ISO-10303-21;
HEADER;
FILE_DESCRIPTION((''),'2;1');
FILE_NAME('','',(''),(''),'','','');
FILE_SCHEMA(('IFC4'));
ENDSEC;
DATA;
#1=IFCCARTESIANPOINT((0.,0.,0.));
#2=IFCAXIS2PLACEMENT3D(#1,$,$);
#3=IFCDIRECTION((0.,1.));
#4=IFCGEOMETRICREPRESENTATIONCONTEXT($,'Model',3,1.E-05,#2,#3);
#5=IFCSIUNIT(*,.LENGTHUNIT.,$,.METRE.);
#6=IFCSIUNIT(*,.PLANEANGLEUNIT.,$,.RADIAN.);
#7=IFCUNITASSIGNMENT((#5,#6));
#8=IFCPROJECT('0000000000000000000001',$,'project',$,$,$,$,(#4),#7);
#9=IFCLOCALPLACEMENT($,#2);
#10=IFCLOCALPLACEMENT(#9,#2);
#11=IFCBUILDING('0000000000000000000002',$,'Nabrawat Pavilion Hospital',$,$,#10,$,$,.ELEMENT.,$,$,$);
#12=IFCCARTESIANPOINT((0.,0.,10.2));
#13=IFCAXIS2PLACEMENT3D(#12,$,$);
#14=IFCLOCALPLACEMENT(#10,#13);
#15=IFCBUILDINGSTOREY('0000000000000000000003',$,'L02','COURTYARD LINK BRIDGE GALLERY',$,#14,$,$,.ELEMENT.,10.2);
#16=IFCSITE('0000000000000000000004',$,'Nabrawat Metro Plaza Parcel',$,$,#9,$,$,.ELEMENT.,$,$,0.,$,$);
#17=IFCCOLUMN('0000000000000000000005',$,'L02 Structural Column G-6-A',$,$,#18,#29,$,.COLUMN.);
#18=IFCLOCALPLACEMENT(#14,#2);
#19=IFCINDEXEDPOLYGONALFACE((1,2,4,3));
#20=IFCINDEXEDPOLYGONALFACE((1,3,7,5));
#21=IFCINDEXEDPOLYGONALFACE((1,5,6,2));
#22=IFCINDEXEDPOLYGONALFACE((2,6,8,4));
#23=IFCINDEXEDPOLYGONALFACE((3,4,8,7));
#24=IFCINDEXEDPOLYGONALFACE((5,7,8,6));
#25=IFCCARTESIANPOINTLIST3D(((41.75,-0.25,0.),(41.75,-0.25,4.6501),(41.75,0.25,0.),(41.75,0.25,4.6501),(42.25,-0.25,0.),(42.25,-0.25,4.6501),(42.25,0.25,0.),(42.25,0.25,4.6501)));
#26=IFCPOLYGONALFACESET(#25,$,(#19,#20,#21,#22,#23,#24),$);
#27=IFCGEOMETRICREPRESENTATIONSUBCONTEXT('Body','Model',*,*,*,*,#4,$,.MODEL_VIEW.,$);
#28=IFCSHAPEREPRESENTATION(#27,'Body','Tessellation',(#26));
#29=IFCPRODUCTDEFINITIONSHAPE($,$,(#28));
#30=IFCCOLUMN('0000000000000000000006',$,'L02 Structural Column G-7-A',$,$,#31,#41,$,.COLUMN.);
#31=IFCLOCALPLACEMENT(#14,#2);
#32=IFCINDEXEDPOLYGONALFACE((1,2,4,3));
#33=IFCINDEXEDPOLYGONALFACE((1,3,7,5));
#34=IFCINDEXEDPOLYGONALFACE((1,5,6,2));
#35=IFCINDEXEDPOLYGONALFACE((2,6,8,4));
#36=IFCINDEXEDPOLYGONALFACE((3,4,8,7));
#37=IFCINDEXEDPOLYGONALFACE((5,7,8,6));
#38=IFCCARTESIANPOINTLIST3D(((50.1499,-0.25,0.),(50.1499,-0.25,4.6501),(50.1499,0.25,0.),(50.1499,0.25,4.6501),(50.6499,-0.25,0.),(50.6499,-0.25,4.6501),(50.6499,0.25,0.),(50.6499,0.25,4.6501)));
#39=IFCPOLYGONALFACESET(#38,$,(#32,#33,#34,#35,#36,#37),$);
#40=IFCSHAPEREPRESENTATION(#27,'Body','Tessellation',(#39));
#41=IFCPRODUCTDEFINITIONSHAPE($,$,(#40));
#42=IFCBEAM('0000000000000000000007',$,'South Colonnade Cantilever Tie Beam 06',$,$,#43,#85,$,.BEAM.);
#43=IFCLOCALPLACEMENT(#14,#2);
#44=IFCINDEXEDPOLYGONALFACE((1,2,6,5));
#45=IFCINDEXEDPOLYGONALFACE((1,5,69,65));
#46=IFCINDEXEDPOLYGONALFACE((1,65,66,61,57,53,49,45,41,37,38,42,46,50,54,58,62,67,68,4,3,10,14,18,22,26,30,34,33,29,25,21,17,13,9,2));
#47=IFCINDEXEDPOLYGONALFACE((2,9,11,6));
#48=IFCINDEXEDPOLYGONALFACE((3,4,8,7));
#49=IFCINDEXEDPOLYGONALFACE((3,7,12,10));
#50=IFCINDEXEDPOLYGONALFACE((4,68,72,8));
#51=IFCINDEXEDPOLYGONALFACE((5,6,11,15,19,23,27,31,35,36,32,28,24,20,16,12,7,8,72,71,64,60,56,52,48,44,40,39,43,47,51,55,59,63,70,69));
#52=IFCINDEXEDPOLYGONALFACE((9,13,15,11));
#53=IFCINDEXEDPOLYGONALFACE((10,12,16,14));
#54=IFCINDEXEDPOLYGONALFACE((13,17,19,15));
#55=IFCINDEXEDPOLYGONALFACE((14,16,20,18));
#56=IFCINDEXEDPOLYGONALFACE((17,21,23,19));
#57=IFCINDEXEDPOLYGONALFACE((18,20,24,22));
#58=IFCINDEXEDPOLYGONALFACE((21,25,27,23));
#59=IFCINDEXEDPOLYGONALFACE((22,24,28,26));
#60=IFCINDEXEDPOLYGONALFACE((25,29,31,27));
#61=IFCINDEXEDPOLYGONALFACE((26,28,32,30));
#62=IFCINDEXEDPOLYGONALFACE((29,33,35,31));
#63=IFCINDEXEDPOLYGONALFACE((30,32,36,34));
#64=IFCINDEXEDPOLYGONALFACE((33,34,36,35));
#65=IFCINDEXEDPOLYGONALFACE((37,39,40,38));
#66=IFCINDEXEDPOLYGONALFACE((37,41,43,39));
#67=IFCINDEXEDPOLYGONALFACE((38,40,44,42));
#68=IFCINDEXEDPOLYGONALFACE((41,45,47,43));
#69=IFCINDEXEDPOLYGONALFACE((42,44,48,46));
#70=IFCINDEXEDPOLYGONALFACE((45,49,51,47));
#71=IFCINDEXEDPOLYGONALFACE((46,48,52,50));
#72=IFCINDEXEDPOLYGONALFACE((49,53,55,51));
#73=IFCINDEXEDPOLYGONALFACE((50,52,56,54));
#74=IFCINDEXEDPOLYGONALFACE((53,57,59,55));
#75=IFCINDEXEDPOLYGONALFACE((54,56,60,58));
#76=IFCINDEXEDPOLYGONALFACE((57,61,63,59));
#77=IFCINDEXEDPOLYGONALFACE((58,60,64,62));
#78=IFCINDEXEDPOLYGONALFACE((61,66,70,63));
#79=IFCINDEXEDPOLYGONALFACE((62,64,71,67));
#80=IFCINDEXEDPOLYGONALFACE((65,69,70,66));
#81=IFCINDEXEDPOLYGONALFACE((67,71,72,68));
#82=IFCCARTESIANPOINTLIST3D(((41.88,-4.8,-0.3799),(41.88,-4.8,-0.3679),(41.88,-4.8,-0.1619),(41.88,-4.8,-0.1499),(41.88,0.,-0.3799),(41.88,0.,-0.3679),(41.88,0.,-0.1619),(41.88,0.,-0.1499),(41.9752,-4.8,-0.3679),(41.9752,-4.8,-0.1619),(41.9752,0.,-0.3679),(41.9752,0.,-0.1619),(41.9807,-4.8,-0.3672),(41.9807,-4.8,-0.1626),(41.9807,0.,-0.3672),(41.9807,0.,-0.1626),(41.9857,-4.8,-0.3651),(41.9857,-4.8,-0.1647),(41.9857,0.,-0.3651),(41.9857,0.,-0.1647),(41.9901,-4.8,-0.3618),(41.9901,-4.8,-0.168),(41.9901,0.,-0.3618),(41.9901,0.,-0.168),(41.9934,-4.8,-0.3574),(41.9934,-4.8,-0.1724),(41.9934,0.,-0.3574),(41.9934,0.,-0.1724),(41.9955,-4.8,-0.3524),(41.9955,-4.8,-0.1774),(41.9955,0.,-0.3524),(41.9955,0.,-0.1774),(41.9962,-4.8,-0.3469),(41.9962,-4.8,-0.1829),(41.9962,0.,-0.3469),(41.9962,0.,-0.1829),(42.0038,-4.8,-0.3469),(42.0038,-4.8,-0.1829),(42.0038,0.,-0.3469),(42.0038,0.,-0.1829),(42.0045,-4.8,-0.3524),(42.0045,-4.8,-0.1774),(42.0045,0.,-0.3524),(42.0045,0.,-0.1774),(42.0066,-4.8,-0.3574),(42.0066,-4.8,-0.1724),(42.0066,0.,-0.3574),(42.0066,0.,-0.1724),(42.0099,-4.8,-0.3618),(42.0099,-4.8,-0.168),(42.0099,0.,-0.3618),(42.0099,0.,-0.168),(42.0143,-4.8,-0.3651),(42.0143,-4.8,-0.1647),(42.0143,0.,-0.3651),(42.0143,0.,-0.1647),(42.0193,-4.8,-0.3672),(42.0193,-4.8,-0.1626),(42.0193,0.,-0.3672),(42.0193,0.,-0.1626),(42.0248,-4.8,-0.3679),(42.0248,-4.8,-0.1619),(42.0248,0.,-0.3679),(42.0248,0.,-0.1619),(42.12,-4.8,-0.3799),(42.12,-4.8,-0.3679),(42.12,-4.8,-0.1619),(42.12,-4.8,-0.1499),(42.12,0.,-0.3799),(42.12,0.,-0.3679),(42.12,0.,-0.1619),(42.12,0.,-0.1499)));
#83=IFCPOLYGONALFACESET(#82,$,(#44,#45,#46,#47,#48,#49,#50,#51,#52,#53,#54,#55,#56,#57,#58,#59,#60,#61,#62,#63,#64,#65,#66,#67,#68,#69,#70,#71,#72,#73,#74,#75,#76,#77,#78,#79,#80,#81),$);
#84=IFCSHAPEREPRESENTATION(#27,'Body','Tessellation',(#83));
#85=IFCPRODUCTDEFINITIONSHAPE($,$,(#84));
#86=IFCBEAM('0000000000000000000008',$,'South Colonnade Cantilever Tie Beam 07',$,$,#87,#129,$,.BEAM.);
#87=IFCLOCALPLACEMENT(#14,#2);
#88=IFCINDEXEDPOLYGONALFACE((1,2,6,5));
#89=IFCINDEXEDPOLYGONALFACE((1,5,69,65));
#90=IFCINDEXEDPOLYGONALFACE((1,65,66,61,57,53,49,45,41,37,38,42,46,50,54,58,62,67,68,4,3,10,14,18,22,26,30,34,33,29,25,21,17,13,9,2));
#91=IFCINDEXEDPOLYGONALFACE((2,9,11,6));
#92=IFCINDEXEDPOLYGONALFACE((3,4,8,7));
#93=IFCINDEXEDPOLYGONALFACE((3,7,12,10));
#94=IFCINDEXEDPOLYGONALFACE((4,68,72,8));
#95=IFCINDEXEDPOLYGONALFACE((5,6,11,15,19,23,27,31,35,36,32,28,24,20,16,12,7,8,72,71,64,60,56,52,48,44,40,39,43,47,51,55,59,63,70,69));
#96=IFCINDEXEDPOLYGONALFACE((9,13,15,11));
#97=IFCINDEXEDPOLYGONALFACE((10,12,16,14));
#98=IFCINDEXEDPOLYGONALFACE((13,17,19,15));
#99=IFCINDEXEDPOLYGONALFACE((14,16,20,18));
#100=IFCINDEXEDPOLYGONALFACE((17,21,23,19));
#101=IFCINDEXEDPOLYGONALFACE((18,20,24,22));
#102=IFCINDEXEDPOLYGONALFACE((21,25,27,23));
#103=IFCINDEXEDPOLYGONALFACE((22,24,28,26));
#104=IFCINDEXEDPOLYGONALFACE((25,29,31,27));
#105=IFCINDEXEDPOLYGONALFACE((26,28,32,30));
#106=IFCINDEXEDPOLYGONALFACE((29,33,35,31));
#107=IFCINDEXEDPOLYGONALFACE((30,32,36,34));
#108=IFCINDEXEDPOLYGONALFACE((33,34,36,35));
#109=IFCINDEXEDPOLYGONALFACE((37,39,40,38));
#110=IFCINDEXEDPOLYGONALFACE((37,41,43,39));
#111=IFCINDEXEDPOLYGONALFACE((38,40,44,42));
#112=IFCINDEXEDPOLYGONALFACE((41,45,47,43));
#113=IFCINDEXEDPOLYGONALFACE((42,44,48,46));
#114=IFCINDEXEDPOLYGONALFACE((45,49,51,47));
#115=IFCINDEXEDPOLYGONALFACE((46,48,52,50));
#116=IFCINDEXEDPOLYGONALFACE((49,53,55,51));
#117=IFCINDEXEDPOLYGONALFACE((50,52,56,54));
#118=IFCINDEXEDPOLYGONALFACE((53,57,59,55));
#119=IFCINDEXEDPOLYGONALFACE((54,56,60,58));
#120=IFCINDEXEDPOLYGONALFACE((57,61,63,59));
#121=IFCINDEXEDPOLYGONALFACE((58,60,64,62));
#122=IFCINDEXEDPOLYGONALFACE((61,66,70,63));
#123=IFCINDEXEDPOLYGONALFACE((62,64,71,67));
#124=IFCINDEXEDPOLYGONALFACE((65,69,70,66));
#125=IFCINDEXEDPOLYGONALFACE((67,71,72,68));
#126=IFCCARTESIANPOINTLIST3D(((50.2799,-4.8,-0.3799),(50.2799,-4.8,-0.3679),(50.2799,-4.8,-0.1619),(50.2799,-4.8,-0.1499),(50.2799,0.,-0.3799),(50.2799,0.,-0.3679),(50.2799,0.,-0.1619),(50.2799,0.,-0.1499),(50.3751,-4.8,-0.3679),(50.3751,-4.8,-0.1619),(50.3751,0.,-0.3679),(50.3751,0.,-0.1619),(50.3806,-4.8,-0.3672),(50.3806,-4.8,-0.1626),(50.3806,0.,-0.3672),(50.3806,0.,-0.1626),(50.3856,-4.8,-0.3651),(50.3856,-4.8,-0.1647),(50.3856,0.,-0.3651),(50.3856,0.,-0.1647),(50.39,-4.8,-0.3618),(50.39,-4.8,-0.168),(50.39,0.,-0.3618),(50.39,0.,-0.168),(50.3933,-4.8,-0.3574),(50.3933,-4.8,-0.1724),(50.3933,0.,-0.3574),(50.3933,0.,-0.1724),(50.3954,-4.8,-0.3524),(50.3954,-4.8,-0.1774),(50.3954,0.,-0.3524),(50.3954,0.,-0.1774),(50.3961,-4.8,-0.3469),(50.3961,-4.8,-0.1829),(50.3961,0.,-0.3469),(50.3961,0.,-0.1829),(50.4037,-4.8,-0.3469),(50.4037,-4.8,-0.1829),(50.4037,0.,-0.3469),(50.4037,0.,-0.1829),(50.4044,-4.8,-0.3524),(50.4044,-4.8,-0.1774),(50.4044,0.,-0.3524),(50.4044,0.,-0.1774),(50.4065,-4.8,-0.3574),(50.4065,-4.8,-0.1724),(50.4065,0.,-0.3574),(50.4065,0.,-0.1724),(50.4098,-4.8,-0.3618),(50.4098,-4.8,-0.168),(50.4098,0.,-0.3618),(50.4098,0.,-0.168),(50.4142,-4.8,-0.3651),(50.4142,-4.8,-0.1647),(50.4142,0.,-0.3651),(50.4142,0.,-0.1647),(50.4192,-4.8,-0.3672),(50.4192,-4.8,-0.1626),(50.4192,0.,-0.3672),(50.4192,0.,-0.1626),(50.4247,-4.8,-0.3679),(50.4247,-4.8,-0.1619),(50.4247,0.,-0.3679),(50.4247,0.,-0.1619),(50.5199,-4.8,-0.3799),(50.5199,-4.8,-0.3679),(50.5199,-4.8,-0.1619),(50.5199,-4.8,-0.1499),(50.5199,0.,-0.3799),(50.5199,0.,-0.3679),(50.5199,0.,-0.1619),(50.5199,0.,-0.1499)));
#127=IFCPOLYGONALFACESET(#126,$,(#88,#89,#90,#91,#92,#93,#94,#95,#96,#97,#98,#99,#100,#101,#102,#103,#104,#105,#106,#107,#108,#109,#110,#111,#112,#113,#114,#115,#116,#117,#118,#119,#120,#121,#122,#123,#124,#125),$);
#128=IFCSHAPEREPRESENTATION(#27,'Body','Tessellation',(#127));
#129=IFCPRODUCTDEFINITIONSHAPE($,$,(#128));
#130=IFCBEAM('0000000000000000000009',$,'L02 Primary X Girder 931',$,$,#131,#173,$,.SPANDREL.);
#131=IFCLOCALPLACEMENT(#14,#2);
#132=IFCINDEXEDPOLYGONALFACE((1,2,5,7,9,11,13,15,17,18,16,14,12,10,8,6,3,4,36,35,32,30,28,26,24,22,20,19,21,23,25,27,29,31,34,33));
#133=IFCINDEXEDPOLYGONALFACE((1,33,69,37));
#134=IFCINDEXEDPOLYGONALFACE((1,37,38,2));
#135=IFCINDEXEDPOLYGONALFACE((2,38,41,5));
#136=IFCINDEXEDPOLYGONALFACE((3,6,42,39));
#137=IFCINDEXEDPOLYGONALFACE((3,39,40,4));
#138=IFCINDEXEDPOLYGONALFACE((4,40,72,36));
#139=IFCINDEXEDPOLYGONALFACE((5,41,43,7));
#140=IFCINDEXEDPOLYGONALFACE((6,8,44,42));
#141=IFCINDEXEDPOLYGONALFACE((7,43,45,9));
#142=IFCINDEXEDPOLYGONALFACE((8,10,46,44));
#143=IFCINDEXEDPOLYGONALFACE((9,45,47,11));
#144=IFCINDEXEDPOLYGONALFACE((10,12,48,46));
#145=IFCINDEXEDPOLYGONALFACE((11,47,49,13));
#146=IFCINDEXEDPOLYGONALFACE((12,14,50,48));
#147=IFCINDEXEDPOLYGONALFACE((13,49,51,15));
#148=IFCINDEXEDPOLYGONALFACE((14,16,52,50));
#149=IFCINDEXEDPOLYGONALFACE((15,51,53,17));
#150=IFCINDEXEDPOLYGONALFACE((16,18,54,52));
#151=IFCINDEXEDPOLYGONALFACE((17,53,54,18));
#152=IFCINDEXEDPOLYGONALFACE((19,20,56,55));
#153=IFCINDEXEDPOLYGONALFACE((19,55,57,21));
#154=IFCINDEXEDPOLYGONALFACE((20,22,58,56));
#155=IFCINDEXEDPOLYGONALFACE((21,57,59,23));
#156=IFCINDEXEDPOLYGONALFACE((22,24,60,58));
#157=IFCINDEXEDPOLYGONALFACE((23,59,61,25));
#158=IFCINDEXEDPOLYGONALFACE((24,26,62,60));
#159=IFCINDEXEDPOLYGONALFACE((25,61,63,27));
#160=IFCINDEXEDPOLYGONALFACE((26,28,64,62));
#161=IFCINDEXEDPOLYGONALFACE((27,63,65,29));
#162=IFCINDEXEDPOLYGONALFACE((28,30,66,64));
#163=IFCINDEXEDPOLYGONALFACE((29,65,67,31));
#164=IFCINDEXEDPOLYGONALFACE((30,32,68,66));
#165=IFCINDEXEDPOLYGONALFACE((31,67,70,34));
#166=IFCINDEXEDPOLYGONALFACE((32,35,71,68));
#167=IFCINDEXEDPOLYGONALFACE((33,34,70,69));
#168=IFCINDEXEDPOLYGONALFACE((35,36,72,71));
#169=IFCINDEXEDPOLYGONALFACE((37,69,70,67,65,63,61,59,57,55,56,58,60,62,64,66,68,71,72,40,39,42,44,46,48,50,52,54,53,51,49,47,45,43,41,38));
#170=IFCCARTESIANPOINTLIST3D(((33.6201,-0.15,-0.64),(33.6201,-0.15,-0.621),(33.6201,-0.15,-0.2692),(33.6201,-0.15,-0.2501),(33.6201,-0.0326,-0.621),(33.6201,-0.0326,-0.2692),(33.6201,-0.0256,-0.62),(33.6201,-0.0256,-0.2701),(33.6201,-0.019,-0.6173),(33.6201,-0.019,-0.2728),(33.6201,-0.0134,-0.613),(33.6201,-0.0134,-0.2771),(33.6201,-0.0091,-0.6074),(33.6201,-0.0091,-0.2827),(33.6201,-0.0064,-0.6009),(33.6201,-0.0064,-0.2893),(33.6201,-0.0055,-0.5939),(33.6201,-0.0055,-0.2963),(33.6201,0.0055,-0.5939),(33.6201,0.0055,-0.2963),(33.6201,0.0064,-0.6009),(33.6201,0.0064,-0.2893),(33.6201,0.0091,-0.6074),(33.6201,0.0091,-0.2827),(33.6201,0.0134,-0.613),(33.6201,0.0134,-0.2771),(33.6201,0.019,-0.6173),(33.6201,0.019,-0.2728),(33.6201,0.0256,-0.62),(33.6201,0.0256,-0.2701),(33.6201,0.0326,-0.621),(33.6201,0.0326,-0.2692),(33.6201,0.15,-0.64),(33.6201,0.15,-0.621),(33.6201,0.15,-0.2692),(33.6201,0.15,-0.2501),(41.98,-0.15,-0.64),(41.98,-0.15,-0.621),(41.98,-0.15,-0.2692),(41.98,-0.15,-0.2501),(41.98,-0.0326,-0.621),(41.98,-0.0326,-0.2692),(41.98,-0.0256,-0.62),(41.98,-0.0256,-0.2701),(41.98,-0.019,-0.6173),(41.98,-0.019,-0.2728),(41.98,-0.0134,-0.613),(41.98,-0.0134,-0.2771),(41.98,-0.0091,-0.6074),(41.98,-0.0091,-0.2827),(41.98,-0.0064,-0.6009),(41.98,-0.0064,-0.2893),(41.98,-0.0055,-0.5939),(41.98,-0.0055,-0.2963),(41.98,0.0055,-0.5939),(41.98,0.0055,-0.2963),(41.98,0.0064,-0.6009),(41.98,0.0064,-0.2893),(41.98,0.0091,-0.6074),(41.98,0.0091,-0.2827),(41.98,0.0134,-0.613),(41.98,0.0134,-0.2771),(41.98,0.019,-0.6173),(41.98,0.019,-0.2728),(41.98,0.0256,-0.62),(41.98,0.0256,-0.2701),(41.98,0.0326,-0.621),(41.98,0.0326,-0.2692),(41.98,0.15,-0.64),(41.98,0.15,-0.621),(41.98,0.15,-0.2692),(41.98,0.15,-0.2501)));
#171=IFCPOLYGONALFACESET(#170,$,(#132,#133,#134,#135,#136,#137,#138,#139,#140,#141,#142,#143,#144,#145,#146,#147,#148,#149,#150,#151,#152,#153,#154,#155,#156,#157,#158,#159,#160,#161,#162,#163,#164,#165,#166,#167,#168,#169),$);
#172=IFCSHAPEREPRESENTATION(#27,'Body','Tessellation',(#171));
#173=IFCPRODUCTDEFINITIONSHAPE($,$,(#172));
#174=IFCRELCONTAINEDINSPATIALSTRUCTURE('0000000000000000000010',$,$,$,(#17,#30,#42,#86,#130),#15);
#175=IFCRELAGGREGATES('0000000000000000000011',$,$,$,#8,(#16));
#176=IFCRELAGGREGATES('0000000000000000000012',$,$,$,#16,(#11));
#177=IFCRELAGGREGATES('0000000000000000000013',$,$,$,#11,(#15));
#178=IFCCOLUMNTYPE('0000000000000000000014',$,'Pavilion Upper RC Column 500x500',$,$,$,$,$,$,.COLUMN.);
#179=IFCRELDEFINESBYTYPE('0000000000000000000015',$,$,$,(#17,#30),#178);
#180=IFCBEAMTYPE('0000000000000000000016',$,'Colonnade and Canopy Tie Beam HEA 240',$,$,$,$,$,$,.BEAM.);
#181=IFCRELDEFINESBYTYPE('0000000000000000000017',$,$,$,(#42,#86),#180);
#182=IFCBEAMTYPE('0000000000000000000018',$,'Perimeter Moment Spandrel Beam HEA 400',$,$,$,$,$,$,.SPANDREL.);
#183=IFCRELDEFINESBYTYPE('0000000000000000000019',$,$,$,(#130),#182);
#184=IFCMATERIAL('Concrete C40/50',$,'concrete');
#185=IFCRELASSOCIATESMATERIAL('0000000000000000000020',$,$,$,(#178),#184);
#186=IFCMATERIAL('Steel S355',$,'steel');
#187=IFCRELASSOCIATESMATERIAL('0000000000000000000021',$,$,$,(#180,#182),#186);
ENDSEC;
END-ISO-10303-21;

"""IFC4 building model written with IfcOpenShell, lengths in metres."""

from ifc_helpers import new_model, si_unit, direction, frame, origin, origin_2d, place, context, subcontext, project, spatial, rectangle, i_section, extrude, material, material_profile, profile_set, type_object, element, save


model = new_model("IFC4")

# Units and contexts
model_context = context("Model", 3, precision=1e-05, world=origin(), true_north=direction((0.0, 1.0)))
body_context = subcontext(model_context, "Body", "Model", "MODEL_VIEW")
ifc_project = project(units=[si_unit("LENGTHUNIT", "METRE"), si_unit("PLANEANGLEUNIT", "RADIAN")], contexts=[model_context])

# Site, building, storey
site_placement = place(None, origin())
site = spatial("IfcSite", under=ifc_project, at=site_placement, Name="Nabrawat Metro Plaza Parcel", CompositionType="ELEMENT", RefElevation=0.0)
building_placement = place(site_placement, origin())
building = spatial("IfcBuilding", under=site, at=building_placement, Name="Nabrawat Pavilion Hospital", CompositionType="ELEMENT")
storey_placement = place(building_placement, frame((0.0, 0.0, 10.2)))
storey = spatial("IfcBuildingStorey", under=building, at=storey_placement, Name="L02", Description="COURTYARD LINK BRIDGE GALLERY", CompositionType="ELEMENT", Elevation=10.2)

# Columns
ifc_material_1 = material(Name="Concrete C40/50", Category="concrete")
ifc_material_profile_1 = material_profile(ifc_material_1, rectangle(XDim=0.5, YDim=0.5, at=origin_2d()), Name="RC 500x500")
ifc_profile_set_1 = profile_set([ifc_material_profile_1], Name="Concrete C40/50")
column_type = type_object("IfcColumnType", Name="Pavilion Upper RC Column 500x500", PredefinedType="COLUMN", material=ifc_profile_set_1)
for number, where, z_axis, x_axis, name in (
    (1, (42.0, 0.0, 0.0), (0.0, 0.0, 1.0), (1.0, 0.0, 0.0), "L02 Structural Column G-6-A"),
    (2, (50.3999, 0.0, 0.0), (0.0, 0.0, 1.0), (1.0, 0.0, 0.0), "L02 Structural Column G-7-A"),
):
    element("IfcColumn", number, at=place(storey_placement, frame(where, z_axis=z_axis, x_axis=x_axis)), inside=storey, type_object=column_type, Name=name, PredefinedType="COLUMN", context=body_context, shape_type="SweptSolid", body=[
        extrude(rectangle(XDim=0.5, YDim=0.5, at=origin_2d()), origin(), (0.0, 0.0, 1.0), 4.6501),
    ])

# Beams
ifc_material_2 = material(Name="Steel S355", Category="steel")
ifc_material_profile_2 = material_profile(ifc_material_2, i_section(OverallWidth=0.24, OverallDepth=0.23, WebThickness=0.0076, FlangeThickness=0.012, FilletRadius=0.021, at=origin_2d()), Name="HEA 240")
ifc_profile_set_2 = profile_set([ifc_material_profile_2], Name="Steel S355")
beam_type_1 = type_object("IfcBeamType", Name="Colonnade and Canopy Tie Beam HEA 240", PredefinedType="BEAM", material=ifc_profile_set_2)
for number, where, z_axis, x_axis, name in (
    (3, (42.0, -4.8, -0.2649), (0.0, 1.0, 0.0), (-1.0, 0.0, 0.0), "South Colonnade Cantilever Tie Beam 06"),
    (4, (50.3999, -4.8, -0.2649), (0.0, 1.0, 0.0), (-1.0, 0.0, 0.0), "South Colonnade Cantilever Tie Beam 07"),
):
    element("IfcBeam", number, at=place(storey_placement, frame(where, z_axis=z_axis, x_axis=x_axis)), inside=storey, type_object=beam_type_1, Name=name, PredefinedType="BEAM", context=body_context, shape_type="SweptSolid", body=[
        extrude(i_section(OverallWidth=0.24, OverallDepth=0.23, WebThickness=0.0076, FlangeThickness=0.012, FilletRadius=0.021, at=origin_2d()), origin(), (0.0, 0.0, 1.0), 4.8),
    ])
ifc_material_profile_3 = material_profile(ifc_material_2, i_section(OverallWidth=0.3, OverallDepth=0.3899, WebThickness=0.011, FlangeThickness=0.019, FilletRadius=0.0271, at=origin_2d()), Name="HEA 400")
ifc_profile_set_3 = profile_set([ifc_material_profile_3], Name="Steel S355")
beam_type_2 = type_object("IfcBeamType", Name="Perimeter Moment Spandrel Beam HEA 400", PredefinedType="SPANDREL", material=ifc_profile_set_3)
for number, where, z_axis, x_axis, name in (
    (5, (33.6201, 0.0, -0.4451), (1.0, 0.0, 0.0), (0.0, 1.0, 0.0), "L02 Primary X Girder 931"),
):
    element("IfcBeam", number, at=place(storey_placement, frame(where, z_axis=z_axis, x_axis=x_axis)), inside=storey, type_object=beam_type_2, Name=name, PredefinedType="SPANDREL", context=body_context, shape_type="SweptSolid", body=[
        extrude(i_section(OverallWidth=0.3, OverallDepth=0.3899, WebThickness=0.011, FlangeThickness=0.019, FilletRadius=0.0271, at=origin_2d()), origin(), (0.0, 0.0, 1.0), 8.3599),
    ])

save(model, "model.ifc")
